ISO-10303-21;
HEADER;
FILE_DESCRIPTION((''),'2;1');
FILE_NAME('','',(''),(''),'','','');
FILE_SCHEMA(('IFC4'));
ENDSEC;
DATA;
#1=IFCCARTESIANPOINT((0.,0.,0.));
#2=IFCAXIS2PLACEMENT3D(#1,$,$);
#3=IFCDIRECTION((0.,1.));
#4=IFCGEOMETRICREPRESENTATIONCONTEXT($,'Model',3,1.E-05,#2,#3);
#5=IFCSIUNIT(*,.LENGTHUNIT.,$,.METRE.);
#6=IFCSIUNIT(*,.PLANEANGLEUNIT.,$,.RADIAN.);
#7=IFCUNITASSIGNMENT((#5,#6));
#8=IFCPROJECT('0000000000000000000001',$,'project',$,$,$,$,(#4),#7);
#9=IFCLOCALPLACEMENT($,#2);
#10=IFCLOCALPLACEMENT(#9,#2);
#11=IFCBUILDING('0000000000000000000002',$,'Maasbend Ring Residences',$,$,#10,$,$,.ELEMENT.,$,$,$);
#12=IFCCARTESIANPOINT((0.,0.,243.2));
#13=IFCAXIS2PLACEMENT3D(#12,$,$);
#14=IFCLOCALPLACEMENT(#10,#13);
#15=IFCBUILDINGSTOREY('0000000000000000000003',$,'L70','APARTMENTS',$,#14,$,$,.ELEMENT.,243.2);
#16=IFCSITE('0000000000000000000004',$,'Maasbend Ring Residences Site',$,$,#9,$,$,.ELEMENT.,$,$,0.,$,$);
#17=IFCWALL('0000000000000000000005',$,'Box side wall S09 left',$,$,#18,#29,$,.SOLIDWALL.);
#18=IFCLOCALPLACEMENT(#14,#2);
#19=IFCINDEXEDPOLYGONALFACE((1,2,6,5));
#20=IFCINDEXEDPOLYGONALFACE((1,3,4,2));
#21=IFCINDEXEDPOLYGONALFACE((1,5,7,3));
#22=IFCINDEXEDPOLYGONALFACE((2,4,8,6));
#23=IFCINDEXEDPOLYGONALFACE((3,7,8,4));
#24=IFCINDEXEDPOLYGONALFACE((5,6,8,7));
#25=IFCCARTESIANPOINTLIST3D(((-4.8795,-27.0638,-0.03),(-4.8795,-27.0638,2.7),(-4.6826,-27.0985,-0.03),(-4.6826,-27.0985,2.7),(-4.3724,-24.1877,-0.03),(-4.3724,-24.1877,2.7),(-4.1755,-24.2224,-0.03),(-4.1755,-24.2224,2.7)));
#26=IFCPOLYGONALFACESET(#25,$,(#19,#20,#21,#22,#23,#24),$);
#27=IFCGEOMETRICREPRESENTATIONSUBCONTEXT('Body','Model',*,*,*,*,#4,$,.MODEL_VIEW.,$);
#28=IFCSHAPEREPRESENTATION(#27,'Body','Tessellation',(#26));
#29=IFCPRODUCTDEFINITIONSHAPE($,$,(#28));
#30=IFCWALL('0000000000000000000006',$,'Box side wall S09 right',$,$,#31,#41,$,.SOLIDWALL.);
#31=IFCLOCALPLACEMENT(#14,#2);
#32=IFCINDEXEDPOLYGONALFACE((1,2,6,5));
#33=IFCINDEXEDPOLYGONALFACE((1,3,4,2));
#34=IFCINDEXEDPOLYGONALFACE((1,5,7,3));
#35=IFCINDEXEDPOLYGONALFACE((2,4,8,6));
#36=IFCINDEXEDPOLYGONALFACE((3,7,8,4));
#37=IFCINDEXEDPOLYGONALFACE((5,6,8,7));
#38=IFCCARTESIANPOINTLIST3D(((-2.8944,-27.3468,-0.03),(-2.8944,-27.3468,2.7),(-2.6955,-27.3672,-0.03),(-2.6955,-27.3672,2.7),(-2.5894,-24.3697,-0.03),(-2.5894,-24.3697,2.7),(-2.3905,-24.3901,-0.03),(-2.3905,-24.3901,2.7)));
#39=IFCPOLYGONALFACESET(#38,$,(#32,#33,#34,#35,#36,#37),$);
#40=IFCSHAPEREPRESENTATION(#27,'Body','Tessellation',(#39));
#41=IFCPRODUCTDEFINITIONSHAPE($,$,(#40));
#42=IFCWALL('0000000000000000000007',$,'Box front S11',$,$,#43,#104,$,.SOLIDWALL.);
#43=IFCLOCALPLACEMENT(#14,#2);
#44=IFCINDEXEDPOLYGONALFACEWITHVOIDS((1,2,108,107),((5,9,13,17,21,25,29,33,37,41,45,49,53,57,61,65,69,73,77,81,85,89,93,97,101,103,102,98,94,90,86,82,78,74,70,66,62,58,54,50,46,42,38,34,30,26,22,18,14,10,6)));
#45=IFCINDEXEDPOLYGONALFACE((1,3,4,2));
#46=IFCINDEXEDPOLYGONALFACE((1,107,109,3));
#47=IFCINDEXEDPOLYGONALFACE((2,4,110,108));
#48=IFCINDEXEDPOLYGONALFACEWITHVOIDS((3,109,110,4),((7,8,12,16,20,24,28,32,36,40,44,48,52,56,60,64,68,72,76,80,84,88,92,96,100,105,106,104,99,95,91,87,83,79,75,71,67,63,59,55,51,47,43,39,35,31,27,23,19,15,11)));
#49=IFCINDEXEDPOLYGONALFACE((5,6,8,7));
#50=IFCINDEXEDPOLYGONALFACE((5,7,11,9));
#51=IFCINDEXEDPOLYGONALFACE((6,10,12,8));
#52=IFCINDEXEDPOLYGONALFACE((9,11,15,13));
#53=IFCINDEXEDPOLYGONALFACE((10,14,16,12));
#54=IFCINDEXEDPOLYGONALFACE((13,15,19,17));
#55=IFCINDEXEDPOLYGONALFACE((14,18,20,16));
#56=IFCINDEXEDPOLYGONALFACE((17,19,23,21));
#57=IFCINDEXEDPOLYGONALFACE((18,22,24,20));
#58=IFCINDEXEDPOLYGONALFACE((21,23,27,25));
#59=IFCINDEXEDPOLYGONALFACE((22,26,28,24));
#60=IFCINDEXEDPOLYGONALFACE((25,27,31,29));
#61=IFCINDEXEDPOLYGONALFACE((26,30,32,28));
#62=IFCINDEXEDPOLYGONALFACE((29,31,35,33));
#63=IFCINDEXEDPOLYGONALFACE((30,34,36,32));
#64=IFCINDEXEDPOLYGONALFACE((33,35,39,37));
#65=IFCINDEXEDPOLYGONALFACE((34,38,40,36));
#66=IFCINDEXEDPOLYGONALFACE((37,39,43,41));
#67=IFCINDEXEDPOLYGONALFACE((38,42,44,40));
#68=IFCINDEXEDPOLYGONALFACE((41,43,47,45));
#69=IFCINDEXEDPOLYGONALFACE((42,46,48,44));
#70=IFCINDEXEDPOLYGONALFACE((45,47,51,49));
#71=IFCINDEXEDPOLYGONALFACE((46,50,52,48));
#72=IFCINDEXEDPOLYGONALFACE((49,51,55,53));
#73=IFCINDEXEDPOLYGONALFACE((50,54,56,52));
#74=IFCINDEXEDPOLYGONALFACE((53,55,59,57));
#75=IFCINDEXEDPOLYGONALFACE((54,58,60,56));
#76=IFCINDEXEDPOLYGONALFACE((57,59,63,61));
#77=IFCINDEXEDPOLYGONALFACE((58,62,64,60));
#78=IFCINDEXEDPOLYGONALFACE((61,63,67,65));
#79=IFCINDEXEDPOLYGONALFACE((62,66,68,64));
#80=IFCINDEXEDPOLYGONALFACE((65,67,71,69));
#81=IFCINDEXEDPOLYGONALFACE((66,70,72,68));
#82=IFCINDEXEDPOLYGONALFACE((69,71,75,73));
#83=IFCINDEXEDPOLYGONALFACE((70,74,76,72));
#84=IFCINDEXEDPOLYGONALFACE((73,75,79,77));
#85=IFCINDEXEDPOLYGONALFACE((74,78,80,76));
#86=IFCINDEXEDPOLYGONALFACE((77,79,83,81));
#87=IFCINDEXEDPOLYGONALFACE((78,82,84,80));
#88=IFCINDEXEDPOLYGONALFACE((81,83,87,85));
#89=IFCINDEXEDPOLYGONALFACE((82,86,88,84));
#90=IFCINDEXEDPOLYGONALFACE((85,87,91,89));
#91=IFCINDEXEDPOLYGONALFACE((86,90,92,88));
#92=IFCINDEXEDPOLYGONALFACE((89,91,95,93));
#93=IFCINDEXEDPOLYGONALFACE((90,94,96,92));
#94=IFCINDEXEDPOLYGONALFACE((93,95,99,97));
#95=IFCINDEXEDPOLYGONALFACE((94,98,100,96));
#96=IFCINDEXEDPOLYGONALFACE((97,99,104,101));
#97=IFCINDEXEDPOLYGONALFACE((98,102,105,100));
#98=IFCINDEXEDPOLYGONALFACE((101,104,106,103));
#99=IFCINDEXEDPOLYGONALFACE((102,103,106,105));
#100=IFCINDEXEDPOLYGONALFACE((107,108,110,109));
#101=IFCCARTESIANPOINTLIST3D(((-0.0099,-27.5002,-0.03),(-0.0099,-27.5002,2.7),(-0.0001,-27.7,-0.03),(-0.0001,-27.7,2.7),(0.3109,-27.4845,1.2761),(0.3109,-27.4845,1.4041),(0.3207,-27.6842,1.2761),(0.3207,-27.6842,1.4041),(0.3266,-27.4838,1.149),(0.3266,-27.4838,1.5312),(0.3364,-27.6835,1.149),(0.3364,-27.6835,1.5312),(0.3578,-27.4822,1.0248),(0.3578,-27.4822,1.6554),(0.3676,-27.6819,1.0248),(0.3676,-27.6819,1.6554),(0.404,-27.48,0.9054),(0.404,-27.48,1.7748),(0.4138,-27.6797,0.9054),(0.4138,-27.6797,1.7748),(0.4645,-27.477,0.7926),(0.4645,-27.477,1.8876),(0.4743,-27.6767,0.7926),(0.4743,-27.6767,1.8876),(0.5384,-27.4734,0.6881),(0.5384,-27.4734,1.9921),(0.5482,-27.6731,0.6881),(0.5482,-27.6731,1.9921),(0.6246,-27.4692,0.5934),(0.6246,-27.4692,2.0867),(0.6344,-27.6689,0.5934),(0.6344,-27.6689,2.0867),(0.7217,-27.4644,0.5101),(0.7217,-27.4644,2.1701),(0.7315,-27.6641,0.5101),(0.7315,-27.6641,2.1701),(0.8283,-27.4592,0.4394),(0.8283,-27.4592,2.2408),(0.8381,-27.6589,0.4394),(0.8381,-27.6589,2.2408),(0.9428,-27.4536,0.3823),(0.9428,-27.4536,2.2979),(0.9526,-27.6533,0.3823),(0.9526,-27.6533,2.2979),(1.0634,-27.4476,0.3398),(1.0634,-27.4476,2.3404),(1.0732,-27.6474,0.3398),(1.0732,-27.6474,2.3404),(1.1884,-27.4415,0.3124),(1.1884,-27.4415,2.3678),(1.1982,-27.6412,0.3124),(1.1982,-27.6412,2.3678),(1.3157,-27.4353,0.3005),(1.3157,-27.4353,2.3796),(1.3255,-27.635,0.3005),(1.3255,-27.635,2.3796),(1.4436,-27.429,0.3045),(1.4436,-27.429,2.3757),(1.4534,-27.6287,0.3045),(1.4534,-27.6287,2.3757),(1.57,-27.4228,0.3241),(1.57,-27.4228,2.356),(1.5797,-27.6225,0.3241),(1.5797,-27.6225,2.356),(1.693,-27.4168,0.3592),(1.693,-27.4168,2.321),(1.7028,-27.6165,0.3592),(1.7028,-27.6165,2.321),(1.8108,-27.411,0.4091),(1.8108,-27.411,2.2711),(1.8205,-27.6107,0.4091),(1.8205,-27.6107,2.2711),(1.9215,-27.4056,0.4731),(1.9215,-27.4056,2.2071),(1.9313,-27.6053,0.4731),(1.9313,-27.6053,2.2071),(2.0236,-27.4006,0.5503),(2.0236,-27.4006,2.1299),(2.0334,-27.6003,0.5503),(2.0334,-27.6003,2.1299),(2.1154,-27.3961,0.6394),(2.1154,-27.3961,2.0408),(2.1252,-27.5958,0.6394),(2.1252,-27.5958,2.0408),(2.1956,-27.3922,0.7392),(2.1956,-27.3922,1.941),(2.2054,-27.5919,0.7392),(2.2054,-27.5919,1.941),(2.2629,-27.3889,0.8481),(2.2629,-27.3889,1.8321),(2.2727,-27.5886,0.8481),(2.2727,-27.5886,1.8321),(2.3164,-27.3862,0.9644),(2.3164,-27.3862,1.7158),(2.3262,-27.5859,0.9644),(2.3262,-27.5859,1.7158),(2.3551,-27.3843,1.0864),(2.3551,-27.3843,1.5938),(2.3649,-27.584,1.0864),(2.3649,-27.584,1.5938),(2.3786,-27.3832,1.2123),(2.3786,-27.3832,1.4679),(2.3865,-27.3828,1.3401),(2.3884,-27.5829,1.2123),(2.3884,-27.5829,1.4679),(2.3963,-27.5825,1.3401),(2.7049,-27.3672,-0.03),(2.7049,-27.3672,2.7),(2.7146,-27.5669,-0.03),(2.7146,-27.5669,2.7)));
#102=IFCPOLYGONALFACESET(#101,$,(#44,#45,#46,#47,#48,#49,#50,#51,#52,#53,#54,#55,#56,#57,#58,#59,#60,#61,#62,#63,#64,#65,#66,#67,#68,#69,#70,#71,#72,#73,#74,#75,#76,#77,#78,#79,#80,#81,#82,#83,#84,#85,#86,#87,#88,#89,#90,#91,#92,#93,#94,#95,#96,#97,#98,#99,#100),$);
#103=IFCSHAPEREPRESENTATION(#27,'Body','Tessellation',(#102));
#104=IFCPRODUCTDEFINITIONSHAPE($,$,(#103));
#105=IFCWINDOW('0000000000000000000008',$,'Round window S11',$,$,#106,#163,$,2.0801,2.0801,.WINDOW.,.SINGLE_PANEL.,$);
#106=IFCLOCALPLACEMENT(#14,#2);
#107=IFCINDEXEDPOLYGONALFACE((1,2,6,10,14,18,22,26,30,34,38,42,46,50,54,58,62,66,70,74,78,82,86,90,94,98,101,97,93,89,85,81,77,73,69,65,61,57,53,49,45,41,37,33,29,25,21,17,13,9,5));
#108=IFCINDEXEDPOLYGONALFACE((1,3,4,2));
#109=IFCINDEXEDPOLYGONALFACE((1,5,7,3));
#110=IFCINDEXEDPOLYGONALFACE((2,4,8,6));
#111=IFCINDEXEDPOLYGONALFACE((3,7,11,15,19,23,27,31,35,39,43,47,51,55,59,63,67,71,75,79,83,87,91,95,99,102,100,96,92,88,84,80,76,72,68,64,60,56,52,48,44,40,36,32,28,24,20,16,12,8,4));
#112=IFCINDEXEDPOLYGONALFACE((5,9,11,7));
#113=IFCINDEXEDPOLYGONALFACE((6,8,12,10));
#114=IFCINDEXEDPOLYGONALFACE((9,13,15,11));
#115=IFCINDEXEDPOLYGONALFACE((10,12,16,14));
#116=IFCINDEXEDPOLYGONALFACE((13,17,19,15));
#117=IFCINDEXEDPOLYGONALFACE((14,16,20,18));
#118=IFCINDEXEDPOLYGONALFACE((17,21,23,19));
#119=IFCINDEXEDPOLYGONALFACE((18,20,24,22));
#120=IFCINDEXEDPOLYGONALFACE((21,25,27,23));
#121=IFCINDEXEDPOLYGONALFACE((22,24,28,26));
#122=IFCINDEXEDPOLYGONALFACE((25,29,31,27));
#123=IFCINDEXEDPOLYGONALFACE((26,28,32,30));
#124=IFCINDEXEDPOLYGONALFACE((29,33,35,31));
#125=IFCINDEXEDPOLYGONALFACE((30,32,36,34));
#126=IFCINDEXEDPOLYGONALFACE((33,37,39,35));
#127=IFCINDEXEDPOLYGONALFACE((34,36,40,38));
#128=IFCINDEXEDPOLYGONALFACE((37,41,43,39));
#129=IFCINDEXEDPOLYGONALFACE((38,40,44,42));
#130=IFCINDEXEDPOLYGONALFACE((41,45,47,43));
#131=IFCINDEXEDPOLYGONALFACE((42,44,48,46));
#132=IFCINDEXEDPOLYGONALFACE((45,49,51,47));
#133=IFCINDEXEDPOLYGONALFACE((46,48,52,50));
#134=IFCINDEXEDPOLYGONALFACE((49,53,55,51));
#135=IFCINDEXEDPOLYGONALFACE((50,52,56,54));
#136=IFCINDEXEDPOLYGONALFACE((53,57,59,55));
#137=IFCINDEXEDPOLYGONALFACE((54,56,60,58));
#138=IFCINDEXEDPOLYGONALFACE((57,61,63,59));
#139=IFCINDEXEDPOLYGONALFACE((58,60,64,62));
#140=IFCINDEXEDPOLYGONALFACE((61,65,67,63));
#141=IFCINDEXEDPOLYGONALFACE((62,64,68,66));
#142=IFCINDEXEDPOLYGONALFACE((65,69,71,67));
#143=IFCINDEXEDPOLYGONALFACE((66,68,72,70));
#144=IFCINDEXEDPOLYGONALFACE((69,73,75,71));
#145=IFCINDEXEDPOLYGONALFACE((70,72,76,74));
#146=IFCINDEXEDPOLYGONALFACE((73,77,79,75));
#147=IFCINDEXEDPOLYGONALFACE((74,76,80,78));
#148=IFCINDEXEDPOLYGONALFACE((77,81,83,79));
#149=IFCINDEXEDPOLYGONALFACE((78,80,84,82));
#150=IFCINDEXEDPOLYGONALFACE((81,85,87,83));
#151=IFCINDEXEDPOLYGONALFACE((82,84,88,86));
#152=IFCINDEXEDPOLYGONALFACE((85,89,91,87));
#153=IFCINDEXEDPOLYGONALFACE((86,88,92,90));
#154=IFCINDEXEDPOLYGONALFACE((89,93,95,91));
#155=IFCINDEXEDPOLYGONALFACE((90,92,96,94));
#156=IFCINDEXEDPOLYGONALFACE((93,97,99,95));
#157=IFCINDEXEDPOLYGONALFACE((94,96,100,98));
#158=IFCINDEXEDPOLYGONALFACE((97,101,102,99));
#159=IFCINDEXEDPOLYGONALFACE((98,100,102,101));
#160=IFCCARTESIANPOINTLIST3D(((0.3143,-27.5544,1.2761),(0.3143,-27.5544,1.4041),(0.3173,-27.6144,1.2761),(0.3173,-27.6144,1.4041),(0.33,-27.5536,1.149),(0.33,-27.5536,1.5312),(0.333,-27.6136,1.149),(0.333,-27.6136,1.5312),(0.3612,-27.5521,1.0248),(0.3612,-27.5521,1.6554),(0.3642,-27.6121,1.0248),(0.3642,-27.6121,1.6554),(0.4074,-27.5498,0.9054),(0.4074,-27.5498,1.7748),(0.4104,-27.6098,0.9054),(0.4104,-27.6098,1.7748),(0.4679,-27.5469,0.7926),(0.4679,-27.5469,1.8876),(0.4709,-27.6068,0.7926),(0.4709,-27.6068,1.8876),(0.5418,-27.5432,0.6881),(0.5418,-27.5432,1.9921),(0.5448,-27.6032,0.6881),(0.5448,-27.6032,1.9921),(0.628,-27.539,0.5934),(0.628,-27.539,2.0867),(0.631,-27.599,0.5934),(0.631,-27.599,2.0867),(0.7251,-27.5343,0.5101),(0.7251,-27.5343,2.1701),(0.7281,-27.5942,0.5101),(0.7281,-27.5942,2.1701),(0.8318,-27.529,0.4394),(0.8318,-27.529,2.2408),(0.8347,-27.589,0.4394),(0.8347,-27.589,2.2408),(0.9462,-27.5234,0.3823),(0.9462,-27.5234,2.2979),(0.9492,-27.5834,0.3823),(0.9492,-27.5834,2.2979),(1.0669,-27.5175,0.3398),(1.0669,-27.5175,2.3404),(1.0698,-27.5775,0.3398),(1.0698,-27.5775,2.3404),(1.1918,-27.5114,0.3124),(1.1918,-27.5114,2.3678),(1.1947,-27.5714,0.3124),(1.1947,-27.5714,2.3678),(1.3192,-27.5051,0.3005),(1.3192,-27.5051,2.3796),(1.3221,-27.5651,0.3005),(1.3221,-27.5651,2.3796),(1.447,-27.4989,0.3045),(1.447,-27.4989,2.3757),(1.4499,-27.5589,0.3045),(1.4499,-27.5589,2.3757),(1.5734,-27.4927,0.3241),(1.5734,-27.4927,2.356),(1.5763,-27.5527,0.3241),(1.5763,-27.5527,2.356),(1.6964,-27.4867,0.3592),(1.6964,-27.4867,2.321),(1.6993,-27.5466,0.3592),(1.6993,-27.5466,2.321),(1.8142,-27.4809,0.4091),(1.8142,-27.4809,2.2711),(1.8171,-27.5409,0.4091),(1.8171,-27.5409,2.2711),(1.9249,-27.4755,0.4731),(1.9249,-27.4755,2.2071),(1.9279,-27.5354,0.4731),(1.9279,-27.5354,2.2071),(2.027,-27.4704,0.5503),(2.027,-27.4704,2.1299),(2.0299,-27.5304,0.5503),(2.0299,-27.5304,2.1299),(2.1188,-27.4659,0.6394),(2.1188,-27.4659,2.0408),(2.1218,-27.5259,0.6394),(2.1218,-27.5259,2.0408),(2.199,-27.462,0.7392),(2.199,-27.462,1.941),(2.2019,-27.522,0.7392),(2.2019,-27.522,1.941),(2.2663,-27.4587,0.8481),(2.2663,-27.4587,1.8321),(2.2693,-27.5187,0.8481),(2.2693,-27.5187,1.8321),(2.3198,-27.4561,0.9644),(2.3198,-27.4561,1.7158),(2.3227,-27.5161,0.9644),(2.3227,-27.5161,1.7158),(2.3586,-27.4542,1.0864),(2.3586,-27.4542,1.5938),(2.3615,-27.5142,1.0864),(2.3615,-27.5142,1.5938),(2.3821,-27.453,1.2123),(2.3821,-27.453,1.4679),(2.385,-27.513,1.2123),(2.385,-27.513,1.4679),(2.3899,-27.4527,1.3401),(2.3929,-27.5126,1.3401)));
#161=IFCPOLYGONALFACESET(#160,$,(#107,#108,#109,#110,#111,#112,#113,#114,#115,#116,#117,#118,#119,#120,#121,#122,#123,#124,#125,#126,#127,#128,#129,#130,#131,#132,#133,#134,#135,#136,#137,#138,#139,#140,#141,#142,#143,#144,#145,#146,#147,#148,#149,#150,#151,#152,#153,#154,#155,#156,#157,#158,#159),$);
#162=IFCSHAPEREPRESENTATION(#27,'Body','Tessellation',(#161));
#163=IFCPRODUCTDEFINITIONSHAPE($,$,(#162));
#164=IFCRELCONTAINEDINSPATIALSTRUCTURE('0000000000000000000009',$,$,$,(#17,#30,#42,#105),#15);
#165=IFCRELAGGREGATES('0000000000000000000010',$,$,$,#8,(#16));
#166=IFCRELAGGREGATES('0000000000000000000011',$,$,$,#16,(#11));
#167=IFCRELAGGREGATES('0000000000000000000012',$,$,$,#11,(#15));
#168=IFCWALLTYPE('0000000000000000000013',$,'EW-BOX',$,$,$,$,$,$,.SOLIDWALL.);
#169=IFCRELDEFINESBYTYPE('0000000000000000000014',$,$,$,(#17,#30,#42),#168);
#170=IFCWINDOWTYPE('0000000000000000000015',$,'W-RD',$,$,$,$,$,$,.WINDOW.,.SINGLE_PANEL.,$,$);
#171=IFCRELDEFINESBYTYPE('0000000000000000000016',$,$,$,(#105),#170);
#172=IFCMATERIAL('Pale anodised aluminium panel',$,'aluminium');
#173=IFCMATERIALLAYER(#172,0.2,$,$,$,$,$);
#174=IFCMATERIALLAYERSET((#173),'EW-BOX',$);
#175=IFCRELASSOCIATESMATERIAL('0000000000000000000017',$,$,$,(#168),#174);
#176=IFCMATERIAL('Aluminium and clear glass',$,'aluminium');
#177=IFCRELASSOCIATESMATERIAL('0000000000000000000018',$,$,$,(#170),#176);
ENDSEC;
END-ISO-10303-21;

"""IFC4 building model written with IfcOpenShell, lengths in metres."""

from ifc_helpers import new_model, si_unit, direction, frame, frame_2d, origin, place, context, subcontext, project, spatial, rectangle, circle, extrude, material, layer, layer_set, type_object, element, fill, save


model = new_model("IFC4")

# Units and contexts
model_context = context("Model", 3, precision=1e-05, world=origin(), true_north=direction((0.0, 1.0)))
body_context = subcontext(model_context, "Body", "Model", "MODEL_VIEW")
ifc_project = project(units=[si_unit("LENGTHUNIT", "METRE"), si_unit("PLANEANGLEUNIT", "RADIAN")], contexts=[model_context])

# Site, building, storey
site_placement = place(None, origin())
site = spatial("IfcSite", under=ifc_project, at=site_placement, Name="Maasbend Ring Residences Site", CompositionType="ELEMENT", RefElevation=0.0)
building_placement = place(site_placement, origin())
building = spatial("IfcBuilding", under=site, at=building_placement, Name="Maasbend Ring Residences", CompositionType="ELEMENT")
storey_placement = place(building_placement, frame((0.0, 0.0, 243.2)))
storey = spatial("IfcBuildingStorey", under=building, at=storey_placement, Name="L70", Description="APARTMENTS", CompositionType="ELEMENT", Elevation=243.2)

# Shared definitions
ifc_material_1 = material(Name="Pale anodised aluminium panel", Category="aluminium")
ifc_layer_1 = layer(ifc_material_1, 0.2)
ifc_layer_set_1 = layer_set([ifc_layer_1], Name="EW-BOX")
wall_type_1 = type_object("IfcWallType", Name="EW-BOX", PredefinedType="SOLIDWALL", material=ifc_layer_set_1)

# Shared definitions
ifc_material_2 = material(Name="Aluminium and clear glass", Category="aluminium")
window_type_1 = type_object("IfcWindowType", Name="W-RD", PartitioningType="SINGLE_PANEL", PredefinedType="WINDOW", material=ifc_material_2)

# Walls
wall_1_placement = place(storey_placement, frame((-4.2739, -24.2051, -0.03), z_axis=(0.0, 0.0, 1.0), x_axis=(-0.173637, -0.98481, 0.0)))
element("IfcWall", 1, at=wall_1_placement, inside=storey, type_object=wall_type_1, Name="Box side wall S09 left", PredefinedType="SOLIDWALL", context=body_context, shape_type="SweptSolid", body=[
    extrude(rectangle(XDim=2.9204, YDim=0.2, at=frame_2d((1.4602, 0.0))), origin(), (0.0, 0.0, 1.0), 2.73),
])
wall_2_placement = place(storey_placement, frame((-2.49, -24.3799, -0.03), z_axis=(0.0, 0.0, 1.0), x_axis=(-0.101894, -0.994795, 0.0)))
element("IfcWall", 2, at=wall_2_placement, inside=storey, type_object=wall_type_1, Name="Box side wall S09 right", PredefinedType="SOLIDWALL", context=body_context, shape_type="SweptSolid", body=[
    extrude(rectangle(XDim=2.9927, YDim=0.2, at=frame_2d((1.4963, 0.0))), origin(), (0.0, 0.0, 1.0), 2.73),
])

# Wall, opening, window
wall_3_placement = place(storey_placement, frame((-0.0049, -27.6001, -0.03), z_axis=(0.0, 0.0, 1.0), x_axis=(0.998801, 0.048952, 0.0)))
wall_3 = element("IfcWall", 3, at=wall_3_placement, inside=storey, type_object=wall_type_1, Name="Box front S11", PredefinedType="SOLIDWALL", context=body_context, shape_type="SweptSolid", body=[
    extrude(rectangle(XDim=2.718, YDim=0.2, at=frame_2d((1.3589, 0.0))), origin(), (0.0, 0.0, 1.0), 2.73),
])
opening_1_placement = place(wall_3_placement, frame((0.3191, 0.0, 0.3301)))
opening_1 = element("IfcOpeningElement", 4, at=opening_1_placement, cuts=wall_3, PredefinedType="OPENING", context=body_context, shape_type="SweptSolid", body=[
    extrude(circle(Radius=1.04, at=frame_2d((1.04, 1.04))), frame((0.0, 0.1099, 0.0), z_axis=(0.0, -1.0, 0.0), x_axis=(1.0, 0.0, 0.0)), (0.0, 0.0, 1.0), 0.22),
])
window_1_placement = place(opening_1_placement, origin())
window_1 = element("IfcWindow", 5, at=window_1_placement, inside=storey, type_object=window_type_1, Name="Round window S11", OverallHeight=2.0801, OverallWidth=2.0801, PartitioningType="SINGLE_PANEL", PredefinedType="WINDOW", context=body_context, shape_type="SweptSolid", body=[
    extrude(circle(Radius=1.04, at=frame_2d((1.04, 1.04))), frame((0.0, 0.03, 0.0), z_axis=(0.0, -1.0, 0.0), x_axis=(1.0, 0.0, 0.0)), (0.0, 0.0, 1.0), 0.0601),
])
fill(opening_1, window_1)

save(model, "model.ifc")
